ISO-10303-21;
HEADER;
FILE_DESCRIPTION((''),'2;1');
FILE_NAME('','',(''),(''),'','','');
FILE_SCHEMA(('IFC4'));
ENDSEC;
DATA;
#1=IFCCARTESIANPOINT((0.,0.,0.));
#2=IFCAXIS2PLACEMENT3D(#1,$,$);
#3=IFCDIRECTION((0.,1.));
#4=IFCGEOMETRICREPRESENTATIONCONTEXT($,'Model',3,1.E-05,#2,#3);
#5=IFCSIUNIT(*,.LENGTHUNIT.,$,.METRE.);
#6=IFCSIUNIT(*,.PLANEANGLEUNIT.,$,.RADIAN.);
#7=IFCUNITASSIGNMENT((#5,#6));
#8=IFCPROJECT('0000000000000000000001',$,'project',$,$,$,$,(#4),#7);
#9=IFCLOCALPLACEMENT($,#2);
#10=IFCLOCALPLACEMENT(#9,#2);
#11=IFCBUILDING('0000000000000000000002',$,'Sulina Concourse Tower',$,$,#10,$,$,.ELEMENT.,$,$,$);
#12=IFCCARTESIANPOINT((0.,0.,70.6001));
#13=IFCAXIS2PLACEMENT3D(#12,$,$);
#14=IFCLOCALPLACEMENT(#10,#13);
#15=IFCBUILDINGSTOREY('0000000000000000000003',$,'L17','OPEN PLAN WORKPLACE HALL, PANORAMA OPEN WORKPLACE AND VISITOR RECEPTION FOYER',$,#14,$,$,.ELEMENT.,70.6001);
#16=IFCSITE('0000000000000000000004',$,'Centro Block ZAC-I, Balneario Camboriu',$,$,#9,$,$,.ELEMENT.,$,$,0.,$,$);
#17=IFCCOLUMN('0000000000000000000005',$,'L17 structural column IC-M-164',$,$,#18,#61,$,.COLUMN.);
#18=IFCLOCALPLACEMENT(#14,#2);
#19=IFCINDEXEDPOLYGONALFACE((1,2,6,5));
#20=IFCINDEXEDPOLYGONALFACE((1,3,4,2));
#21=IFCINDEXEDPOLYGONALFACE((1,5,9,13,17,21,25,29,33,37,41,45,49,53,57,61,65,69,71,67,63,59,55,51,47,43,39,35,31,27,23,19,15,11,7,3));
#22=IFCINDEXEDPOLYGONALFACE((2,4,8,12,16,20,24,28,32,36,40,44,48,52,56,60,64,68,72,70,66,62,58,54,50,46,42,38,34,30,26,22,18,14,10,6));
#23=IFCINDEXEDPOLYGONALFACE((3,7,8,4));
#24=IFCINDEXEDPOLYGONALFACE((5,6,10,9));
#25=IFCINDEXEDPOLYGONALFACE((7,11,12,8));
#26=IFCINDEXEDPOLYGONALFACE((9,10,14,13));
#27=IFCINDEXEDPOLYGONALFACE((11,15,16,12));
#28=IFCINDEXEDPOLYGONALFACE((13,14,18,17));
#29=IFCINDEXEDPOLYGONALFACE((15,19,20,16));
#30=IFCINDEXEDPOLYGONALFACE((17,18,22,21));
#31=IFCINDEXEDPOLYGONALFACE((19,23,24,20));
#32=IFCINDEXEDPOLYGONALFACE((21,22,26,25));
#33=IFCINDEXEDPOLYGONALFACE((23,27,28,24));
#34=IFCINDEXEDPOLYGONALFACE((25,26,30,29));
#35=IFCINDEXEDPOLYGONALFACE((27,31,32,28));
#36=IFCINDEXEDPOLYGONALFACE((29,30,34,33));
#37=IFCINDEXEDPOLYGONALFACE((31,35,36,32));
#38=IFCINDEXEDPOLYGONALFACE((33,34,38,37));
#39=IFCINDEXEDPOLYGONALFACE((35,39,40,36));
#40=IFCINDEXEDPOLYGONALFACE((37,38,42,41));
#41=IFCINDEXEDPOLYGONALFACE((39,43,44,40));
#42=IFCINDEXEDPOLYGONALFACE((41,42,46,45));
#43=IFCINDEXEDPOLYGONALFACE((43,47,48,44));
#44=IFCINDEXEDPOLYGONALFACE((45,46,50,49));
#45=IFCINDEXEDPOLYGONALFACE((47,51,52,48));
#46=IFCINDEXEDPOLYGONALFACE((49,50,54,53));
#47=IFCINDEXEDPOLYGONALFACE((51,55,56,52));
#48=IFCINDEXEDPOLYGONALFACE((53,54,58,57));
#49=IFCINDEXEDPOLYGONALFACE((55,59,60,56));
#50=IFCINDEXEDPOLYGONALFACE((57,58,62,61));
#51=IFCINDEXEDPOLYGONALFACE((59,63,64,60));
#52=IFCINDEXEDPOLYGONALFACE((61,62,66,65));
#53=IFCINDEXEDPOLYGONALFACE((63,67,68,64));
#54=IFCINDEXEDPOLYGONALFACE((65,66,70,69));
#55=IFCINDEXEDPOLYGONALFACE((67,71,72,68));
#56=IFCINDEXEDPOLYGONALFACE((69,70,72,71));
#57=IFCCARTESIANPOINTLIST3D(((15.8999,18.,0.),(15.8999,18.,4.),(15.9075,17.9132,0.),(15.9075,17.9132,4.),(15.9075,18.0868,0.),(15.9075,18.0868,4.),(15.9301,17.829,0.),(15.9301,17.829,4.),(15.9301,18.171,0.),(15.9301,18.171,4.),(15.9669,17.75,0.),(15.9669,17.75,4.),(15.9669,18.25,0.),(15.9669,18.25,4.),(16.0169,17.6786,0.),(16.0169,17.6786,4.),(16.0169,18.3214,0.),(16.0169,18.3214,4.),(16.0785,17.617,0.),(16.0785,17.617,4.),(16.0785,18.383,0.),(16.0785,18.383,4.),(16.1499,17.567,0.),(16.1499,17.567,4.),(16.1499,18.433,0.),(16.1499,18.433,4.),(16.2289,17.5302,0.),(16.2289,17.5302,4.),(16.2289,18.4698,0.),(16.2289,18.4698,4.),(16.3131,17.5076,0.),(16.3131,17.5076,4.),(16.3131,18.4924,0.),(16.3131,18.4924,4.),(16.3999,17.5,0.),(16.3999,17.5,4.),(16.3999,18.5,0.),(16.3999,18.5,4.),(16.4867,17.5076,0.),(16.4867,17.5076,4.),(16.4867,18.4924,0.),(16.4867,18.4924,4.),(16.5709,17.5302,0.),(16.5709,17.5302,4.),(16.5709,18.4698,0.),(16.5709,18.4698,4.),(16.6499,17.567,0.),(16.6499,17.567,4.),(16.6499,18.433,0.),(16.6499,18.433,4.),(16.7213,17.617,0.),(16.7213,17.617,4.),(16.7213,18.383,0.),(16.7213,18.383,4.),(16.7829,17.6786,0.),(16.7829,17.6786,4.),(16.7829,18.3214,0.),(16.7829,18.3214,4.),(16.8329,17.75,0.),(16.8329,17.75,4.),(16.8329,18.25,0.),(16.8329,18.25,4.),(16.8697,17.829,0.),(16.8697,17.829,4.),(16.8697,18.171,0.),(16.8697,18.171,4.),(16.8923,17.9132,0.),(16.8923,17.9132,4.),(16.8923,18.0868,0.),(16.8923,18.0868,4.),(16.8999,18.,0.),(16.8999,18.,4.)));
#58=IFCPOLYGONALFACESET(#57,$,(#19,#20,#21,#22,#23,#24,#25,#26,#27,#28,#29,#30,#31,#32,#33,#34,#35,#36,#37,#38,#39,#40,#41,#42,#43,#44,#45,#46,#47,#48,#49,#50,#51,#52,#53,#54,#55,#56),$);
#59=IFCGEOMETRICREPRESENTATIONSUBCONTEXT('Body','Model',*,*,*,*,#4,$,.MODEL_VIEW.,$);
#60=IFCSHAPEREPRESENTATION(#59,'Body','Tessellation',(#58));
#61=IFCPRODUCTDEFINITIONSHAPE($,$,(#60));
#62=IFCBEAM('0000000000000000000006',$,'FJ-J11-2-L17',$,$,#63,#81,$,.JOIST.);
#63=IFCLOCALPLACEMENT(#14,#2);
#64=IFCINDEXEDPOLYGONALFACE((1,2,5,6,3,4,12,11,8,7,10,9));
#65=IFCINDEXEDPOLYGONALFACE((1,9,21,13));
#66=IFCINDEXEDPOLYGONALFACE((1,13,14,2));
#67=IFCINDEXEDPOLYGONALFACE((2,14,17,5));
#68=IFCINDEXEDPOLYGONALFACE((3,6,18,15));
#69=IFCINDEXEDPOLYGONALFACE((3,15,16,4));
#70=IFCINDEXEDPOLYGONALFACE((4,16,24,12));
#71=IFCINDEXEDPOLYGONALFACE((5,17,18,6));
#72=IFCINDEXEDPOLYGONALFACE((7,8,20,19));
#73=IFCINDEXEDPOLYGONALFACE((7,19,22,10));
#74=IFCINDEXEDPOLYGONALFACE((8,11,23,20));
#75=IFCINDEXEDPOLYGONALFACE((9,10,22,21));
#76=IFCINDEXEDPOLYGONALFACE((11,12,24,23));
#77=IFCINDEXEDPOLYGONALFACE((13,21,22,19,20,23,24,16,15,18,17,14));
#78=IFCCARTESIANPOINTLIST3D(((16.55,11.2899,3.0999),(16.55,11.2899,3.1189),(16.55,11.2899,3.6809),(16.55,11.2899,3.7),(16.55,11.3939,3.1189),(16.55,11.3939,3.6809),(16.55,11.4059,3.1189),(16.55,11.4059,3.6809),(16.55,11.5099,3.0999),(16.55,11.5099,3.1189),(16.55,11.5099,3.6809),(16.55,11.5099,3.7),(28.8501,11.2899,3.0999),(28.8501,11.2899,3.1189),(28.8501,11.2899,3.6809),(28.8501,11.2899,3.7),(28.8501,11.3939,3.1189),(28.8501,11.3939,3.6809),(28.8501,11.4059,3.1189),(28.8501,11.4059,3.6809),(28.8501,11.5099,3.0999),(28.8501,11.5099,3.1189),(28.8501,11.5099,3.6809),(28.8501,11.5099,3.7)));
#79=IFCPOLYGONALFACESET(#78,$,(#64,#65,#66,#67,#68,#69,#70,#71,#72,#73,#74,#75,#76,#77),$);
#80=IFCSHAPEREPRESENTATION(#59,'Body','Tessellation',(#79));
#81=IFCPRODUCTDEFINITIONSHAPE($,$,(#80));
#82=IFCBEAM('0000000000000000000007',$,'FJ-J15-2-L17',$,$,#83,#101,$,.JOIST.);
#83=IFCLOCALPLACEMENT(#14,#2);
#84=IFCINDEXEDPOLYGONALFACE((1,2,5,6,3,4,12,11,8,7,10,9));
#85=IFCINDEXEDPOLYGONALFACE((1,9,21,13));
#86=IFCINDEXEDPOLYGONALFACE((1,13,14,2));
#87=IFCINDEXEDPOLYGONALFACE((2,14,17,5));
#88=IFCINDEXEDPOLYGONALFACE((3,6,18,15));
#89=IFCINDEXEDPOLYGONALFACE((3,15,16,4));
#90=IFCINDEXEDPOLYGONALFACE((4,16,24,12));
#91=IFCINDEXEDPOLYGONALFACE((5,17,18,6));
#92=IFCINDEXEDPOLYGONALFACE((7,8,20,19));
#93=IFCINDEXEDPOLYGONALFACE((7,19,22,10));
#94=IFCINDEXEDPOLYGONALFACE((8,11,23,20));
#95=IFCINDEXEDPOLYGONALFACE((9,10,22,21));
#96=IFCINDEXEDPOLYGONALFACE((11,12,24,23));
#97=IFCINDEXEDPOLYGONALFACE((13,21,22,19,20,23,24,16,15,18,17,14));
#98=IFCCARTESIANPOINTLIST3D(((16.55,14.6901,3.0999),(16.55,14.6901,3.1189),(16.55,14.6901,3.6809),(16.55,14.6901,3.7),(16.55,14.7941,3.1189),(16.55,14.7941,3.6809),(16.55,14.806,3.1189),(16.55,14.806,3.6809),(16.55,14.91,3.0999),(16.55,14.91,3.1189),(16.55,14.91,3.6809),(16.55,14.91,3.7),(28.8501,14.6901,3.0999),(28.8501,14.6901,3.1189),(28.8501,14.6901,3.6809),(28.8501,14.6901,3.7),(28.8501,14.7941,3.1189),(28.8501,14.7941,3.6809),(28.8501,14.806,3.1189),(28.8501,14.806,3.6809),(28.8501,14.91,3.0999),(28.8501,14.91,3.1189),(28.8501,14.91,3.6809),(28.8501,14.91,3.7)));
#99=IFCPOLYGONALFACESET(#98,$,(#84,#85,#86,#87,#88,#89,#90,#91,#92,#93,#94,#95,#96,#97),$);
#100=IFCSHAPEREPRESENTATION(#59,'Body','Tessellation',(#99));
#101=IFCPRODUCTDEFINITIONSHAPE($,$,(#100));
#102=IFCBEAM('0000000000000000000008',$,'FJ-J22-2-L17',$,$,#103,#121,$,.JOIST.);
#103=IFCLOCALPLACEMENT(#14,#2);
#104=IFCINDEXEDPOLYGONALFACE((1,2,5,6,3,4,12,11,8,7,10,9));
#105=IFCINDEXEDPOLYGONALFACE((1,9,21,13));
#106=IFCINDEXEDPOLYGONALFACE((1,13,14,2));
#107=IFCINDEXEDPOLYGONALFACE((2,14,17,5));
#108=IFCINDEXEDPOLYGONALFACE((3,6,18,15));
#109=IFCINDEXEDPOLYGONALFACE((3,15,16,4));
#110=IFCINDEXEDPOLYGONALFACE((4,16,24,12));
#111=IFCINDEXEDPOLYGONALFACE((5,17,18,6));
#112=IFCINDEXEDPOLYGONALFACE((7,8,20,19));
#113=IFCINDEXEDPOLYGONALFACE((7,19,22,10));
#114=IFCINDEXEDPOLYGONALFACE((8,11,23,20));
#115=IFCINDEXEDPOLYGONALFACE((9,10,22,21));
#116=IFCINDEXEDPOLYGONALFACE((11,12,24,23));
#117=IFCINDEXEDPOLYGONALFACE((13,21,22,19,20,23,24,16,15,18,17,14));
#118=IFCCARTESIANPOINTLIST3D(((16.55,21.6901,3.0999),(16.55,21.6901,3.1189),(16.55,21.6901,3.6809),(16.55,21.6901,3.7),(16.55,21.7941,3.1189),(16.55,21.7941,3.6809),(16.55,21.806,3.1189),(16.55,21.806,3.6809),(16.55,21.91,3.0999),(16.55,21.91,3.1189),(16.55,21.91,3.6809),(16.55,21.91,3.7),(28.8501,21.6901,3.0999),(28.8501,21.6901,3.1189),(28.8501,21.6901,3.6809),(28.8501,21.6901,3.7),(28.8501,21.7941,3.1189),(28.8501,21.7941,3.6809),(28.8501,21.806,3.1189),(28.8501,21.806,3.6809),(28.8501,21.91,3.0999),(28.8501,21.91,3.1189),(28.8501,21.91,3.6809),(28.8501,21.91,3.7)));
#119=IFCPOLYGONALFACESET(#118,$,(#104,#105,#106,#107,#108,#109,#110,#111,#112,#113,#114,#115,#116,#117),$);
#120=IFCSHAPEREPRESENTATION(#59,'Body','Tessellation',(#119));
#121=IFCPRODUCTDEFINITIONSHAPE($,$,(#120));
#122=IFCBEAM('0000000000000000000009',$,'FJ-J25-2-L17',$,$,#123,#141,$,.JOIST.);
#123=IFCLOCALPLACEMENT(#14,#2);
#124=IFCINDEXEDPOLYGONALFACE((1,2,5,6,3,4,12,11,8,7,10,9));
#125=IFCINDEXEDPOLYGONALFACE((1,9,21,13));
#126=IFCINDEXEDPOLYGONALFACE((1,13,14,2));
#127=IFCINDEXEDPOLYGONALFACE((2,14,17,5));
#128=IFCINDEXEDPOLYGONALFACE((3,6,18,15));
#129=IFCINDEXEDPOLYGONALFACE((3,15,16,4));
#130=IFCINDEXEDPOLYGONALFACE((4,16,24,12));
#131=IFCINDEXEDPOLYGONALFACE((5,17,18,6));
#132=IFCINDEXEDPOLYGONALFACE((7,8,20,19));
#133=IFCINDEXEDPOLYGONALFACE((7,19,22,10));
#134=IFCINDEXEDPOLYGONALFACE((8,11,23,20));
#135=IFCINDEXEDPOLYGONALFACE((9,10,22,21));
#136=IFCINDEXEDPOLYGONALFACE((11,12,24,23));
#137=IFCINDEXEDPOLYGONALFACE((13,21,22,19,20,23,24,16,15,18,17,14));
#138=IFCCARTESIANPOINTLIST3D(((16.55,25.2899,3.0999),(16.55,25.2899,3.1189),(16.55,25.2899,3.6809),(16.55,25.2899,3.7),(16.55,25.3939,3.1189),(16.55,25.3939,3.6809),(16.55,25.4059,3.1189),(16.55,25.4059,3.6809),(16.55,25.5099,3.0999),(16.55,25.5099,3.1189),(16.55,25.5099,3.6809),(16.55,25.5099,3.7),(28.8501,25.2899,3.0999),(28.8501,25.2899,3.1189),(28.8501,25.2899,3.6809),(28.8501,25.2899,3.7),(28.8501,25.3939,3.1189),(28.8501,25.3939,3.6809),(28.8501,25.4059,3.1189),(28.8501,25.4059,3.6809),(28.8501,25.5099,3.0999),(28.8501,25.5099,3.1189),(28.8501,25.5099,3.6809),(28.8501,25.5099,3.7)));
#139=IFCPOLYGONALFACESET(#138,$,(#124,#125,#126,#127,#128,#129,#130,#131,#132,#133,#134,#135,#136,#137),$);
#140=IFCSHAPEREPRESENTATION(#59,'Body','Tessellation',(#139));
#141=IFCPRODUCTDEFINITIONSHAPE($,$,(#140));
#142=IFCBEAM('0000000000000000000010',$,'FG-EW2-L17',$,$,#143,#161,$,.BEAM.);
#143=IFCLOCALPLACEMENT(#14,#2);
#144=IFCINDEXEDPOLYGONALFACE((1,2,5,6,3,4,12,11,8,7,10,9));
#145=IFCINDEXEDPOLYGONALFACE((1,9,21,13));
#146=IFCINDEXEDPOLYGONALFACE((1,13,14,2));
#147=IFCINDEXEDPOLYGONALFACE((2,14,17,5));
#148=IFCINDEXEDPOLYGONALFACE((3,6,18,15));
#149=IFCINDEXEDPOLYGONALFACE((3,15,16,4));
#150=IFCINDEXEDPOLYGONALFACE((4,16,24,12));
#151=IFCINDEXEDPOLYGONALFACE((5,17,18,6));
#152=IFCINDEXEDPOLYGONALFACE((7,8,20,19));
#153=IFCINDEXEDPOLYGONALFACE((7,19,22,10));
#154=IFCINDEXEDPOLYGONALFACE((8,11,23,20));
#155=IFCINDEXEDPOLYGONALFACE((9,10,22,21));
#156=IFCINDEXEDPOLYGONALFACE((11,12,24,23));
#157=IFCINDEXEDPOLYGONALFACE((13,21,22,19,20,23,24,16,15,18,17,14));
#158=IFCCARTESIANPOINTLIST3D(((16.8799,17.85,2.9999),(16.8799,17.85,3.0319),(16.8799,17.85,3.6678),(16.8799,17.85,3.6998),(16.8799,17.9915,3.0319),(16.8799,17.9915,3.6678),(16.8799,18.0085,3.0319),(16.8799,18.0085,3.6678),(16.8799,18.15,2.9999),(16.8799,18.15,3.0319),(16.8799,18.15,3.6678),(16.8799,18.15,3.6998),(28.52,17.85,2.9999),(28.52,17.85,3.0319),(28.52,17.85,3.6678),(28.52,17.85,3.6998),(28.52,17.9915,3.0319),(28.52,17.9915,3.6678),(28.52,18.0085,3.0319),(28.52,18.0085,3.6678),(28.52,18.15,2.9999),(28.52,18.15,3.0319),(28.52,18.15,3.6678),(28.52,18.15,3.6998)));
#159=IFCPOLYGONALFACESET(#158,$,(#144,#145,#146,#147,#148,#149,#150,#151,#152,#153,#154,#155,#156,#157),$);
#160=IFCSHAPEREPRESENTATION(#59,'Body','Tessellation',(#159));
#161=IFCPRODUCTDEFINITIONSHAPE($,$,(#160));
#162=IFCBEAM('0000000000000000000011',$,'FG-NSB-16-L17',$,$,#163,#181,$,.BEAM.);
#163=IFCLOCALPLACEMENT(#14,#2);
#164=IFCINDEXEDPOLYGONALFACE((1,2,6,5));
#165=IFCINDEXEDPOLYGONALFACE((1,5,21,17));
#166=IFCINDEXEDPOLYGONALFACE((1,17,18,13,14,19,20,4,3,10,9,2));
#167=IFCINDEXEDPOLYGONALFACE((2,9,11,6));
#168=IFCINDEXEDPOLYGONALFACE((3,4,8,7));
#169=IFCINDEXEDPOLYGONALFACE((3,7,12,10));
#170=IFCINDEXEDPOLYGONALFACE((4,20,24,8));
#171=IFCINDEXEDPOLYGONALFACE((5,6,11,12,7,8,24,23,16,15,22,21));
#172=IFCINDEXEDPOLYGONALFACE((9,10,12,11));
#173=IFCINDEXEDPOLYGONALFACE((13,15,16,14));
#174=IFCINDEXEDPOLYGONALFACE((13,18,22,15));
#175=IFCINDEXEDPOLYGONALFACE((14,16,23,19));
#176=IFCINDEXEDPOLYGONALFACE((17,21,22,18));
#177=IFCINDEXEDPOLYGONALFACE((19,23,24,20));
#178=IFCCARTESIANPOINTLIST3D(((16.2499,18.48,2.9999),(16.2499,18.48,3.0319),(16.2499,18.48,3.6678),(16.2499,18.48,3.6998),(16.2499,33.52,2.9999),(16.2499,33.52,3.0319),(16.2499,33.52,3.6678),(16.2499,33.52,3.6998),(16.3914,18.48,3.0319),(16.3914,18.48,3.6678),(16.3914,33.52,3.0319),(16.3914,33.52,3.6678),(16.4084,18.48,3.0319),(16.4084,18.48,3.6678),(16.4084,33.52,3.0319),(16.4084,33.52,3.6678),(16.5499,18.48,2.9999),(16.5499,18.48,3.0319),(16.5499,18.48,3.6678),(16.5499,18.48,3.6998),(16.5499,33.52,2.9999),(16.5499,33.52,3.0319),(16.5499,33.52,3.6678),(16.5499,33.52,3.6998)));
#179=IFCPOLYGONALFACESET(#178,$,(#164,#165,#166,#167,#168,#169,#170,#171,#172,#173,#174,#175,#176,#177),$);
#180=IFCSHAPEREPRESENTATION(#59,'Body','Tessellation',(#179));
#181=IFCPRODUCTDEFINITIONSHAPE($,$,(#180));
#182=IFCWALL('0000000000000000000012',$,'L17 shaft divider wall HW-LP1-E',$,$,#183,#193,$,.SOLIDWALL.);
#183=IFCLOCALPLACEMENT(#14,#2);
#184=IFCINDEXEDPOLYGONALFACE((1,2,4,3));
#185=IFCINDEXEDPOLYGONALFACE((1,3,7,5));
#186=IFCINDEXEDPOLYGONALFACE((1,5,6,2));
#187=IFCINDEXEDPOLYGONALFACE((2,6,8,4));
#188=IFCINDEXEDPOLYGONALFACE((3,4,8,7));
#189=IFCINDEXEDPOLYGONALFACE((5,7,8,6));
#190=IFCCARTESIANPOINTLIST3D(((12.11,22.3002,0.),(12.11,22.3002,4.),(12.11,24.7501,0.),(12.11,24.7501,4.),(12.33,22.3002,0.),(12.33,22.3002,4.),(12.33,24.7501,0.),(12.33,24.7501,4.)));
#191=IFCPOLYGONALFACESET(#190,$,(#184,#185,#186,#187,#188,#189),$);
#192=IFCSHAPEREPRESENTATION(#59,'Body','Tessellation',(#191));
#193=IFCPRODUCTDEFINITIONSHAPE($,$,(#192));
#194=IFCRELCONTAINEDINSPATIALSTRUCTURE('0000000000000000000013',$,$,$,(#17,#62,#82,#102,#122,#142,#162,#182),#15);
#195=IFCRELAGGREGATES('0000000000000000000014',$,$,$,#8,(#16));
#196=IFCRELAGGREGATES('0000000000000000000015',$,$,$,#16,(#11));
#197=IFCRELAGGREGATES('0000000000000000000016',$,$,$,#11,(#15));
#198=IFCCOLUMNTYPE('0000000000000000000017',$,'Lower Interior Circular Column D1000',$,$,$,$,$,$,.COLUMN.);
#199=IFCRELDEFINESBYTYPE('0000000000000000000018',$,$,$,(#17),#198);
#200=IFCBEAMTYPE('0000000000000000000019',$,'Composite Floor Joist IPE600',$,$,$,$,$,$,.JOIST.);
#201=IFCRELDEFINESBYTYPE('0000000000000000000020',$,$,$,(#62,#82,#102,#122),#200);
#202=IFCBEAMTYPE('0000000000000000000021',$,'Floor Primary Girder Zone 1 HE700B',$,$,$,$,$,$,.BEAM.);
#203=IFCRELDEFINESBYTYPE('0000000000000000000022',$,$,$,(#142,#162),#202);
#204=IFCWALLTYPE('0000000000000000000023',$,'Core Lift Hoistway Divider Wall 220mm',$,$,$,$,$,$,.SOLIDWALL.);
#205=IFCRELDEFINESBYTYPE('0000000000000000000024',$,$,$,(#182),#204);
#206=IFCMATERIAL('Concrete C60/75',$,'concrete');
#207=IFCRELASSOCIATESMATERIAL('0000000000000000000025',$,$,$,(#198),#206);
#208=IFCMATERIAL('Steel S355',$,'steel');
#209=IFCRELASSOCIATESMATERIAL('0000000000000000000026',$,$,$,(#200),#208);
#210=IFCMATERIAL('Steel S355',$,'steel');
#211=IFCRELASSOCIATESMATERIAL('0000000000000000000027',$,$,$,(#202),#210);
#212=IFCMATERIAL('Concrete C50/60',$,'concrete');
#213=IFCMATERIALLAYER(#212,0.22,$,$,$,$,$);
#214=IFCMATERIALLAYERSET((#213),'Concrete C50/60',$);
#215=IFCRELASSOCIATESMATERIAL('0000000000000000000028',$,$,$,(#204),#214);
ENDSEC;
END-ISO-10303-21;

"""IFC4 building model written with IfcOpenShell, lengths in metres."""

from ifc_helpers import new_model, si_unit, direction, frame, frame_2d, origin, origin_2d, place, context, subcontext, project, spatial, rectangle, circle, i_section, extrude, material, layer, layer_set, material_profile, profile_set, type_object, element, save


model = new_model("IFC4")

# Units and contexts
model_context = context("Model", 3, precision=1e-05, world=origin(), true_north=direction((0.0, 1.0)))
body_context = subcontext(model_context, "Body", "Model", "MODEL_VIEW")
ifc_project = project(units=[si_unit("LENGTHUNIT", "METRE"), si_unit("PLANEANGLEUNIT", "RADIAN")], contexts=[model_context])

# Site, building, storey
site_placement = place(None, origin())
site = spatial("IfcSite", under=ifc_project, at=site_placement, Name="Centro Block ZAC-I, Balneario Camboriu", CompositionType="ELEMENT", RefElevation=0.0)
building_placement = place(site_placement, origin())
building = spatial("IfcBuilding", under=site, at=building_placement, Name="Sulina Concourse Tower", CompositionType="ELEMENT")
storey_placement = place(building_placement, frame((0.0, 0.0, 70.6001)))
storey = spatial("IfcBuildingStorey", under=building, at=storey_placement, Name="L17", Description="OPEN PLAN WORKPLACE HALL, PANORAMA OPEN WORKPLACE AND VISITOR RECEPTION FOYER", CompositionType="ELEMENT", Elevation=70.6001)

# Column
ifc_material_1 = material(Name="Concrete C60/75", Category="concrete")
ifc_material_profile_1 = material_profile(ifc_material_1, circle(Radius=0.5, at=origin_2d()), Name="RC D1000")
ifc_profile_set_1 = profile_set([ifc_material_profile_1], Name="Concrete C60/75")
column_type = type_object("IfcColumnType", Name="Lower Interior Circular Column D1000", PredefinedType="COLUMN", material=ifc_profile_set_1)
column_placement = place(storey_placement, frame((16.3999, 18.0, 0.0), z_axis=(0.0, 0.0, 1.0), x_axis=(1.0, 0.0, 0.0)))
element("IfcColumn", 1, at=column_placement, inside=storey, type_object=column_type, Name="L17 structural column IC-M-164", PredefinedType="COLUMN", context=body_context, shape_type="SweptSolid", body=[
    extrude(circle(Radius=0.5, at=origin_2d()), origin(), (0.0, 0.0, 1.0), 4.0),
])

# Beams
ifc_material_2 = material(Name="Steel S355", Category="steel")
ifc_material_profile_2 = material_profile(ifc_material_2, i_section(OverallWidth=0.22, OverallDepth=0.6001, WebThickness=0.012, FlangeThickness=0.019, at=origin_2d()), Name="IPE 600")
ifc_profile_set_2 = profile_set([ifc_material_profile_2], Name="Steel S355")
beam_type_1 = type_object("IfcBeamType", Name="Composite Floor Joist IPE600", PredefinedType="JOIST", material=ifc_profile_set_2)
for number, where, z_axis, x_axis, name in (
    (2, (16.55, 11.3999, 3.3999), (1.0, 0.0, 0.0), (0.0, 1.0, 0.0), "FJ-J11-2-L17"),
    (3, (16.55, 14.8, 3.3999), (1.0, 0.0, 0.0), (0.0, 1.0, 0.0), "FJ-J15-2-L17"),
    (4, (16.55, 21.8, 3.3999), (1.0, 0.0, 0.0), (0.0, 1.0, 0.0), "FJ-J22-2-L17"),
    (5, (16.55, 25.3999, 3.3999), (1.0, 0.0, 0.0), (0.0, 1.0, 0.0), "FJ-J25-2-L17"),
):
    element("IfcBeam", number, at=place(storey_placement, frame(where, z_axis=z_axis, x_axis=x_axis)), inside=storey, type_object=beam_type_1, Name=name, PredefinedType="JOIST", context=body_context, shape_type="SweptSolid", body=[
        extrude(i_section(OverallWidth=0.22, OverallDepth=0.6001, WebThickness=0.012, FlangeThickness=0.019, at=origin_2d()), origin(), (0.0, 0.0, 1.0), 12.3),
    ])
ifc_material_3 = material(Name="Steel S355", Category="steel")
ifc_material_profile_3 = material_profile(ifc_material_3, i_section(OverallWidth=0.3, OverallDepth=0.7, WebThickness=0.0171, FlangeThickness=0.032, at=origin_2d()), Name="HE 700 B")
ifc_profile_set_3 = profile_set([ifc_material_profile_3], Name="Steel S355")
beam_type_2 = type_object("IfcBeamType", Name="Floor Primary Girder Zone 1 HE700B", PredefinedType="BEAM", material=ifc_profile_set_3)
beam_1_placement = place(storey_placement, frame((16.8799, 18.0, 3.3499), z_axis=(1.0, 0.0, 0.0), x_axis=(0.0, 1.0, 0.0)))
element("IfcBeam", 6, at=beam_1_placement, inside=storey, type_object=beam_type_2, Name="FG-EW2-L17", PredefinedType="BEAM", context=body_context, shape_type="SweptSolid", body=[
    extrude(i_section(OverallWidth=0.3, OverallDepth=0.7, WebThickness=0.0171, FlangeThickness=0.032, at=origin_2d()), origin(), (0.0, 0.0, 1.0), 11.6401),
])
beam_2_placement = place(storey_placement, frame((16.3999, 18.48, 3.3499), z_axis=(0.0, 1.0, 0.0), x_axis=(-1.0, 0.0, 0.0)))
element("IfcBeam", 7, at=beam_2_placement, inside=storey, type_object=beam_type_2, Name="FG-NSB-16-L17", PredefinedType="BEAM", context=body_context, shape_type="SweptSolid", body=[
    extrude(i_section(OverallWidth=0.3, OverallDepth=0.7, WebThickness=0.0171, FlangeThickness=0.032, at=origin_2d()), origin(), (0.0, 0.0, 1.0), 15.04),
])

# Wall
ifc_material_4 = material(Name="Concrete C50/60", Category="concrete")
ifc_layer_1 = layer(ifc_material_4, 0.22)
ifc_layer_set_1 = layer_set([ifc_layer_1], Name="Concrete C50/60")
wall_type_1 = type_object("IfcWallType", Name="Core Lift Hoistway Divider Wall 220mm", PredefinedType="SOLIDWALL", material=ifc_layer_set_1)
wall_1_placement = place(storey_placement, frame((12.22, 22.3, 0.0), z_axis=(0.0, 0.0, 1.0), x_axis=(0.0, 1.0, 0.0)))
element("IfcWall", 8, at=wall_1_placement, inside=storey, type_object=wall_type_1, Name="L17 shaft divider wall HW-LP1-E", PredefinedType="SOLIDWALL", context=body_context, shape_type="SweptSolid", body=[
    extrude(rectangle(XDim=2.45, YDim=0.22, at=frame_2d((1.2251, 0.0))), origin(), (0.0, 0.0, 1.0), 4.0),
])

save(model, "model.ifc")
